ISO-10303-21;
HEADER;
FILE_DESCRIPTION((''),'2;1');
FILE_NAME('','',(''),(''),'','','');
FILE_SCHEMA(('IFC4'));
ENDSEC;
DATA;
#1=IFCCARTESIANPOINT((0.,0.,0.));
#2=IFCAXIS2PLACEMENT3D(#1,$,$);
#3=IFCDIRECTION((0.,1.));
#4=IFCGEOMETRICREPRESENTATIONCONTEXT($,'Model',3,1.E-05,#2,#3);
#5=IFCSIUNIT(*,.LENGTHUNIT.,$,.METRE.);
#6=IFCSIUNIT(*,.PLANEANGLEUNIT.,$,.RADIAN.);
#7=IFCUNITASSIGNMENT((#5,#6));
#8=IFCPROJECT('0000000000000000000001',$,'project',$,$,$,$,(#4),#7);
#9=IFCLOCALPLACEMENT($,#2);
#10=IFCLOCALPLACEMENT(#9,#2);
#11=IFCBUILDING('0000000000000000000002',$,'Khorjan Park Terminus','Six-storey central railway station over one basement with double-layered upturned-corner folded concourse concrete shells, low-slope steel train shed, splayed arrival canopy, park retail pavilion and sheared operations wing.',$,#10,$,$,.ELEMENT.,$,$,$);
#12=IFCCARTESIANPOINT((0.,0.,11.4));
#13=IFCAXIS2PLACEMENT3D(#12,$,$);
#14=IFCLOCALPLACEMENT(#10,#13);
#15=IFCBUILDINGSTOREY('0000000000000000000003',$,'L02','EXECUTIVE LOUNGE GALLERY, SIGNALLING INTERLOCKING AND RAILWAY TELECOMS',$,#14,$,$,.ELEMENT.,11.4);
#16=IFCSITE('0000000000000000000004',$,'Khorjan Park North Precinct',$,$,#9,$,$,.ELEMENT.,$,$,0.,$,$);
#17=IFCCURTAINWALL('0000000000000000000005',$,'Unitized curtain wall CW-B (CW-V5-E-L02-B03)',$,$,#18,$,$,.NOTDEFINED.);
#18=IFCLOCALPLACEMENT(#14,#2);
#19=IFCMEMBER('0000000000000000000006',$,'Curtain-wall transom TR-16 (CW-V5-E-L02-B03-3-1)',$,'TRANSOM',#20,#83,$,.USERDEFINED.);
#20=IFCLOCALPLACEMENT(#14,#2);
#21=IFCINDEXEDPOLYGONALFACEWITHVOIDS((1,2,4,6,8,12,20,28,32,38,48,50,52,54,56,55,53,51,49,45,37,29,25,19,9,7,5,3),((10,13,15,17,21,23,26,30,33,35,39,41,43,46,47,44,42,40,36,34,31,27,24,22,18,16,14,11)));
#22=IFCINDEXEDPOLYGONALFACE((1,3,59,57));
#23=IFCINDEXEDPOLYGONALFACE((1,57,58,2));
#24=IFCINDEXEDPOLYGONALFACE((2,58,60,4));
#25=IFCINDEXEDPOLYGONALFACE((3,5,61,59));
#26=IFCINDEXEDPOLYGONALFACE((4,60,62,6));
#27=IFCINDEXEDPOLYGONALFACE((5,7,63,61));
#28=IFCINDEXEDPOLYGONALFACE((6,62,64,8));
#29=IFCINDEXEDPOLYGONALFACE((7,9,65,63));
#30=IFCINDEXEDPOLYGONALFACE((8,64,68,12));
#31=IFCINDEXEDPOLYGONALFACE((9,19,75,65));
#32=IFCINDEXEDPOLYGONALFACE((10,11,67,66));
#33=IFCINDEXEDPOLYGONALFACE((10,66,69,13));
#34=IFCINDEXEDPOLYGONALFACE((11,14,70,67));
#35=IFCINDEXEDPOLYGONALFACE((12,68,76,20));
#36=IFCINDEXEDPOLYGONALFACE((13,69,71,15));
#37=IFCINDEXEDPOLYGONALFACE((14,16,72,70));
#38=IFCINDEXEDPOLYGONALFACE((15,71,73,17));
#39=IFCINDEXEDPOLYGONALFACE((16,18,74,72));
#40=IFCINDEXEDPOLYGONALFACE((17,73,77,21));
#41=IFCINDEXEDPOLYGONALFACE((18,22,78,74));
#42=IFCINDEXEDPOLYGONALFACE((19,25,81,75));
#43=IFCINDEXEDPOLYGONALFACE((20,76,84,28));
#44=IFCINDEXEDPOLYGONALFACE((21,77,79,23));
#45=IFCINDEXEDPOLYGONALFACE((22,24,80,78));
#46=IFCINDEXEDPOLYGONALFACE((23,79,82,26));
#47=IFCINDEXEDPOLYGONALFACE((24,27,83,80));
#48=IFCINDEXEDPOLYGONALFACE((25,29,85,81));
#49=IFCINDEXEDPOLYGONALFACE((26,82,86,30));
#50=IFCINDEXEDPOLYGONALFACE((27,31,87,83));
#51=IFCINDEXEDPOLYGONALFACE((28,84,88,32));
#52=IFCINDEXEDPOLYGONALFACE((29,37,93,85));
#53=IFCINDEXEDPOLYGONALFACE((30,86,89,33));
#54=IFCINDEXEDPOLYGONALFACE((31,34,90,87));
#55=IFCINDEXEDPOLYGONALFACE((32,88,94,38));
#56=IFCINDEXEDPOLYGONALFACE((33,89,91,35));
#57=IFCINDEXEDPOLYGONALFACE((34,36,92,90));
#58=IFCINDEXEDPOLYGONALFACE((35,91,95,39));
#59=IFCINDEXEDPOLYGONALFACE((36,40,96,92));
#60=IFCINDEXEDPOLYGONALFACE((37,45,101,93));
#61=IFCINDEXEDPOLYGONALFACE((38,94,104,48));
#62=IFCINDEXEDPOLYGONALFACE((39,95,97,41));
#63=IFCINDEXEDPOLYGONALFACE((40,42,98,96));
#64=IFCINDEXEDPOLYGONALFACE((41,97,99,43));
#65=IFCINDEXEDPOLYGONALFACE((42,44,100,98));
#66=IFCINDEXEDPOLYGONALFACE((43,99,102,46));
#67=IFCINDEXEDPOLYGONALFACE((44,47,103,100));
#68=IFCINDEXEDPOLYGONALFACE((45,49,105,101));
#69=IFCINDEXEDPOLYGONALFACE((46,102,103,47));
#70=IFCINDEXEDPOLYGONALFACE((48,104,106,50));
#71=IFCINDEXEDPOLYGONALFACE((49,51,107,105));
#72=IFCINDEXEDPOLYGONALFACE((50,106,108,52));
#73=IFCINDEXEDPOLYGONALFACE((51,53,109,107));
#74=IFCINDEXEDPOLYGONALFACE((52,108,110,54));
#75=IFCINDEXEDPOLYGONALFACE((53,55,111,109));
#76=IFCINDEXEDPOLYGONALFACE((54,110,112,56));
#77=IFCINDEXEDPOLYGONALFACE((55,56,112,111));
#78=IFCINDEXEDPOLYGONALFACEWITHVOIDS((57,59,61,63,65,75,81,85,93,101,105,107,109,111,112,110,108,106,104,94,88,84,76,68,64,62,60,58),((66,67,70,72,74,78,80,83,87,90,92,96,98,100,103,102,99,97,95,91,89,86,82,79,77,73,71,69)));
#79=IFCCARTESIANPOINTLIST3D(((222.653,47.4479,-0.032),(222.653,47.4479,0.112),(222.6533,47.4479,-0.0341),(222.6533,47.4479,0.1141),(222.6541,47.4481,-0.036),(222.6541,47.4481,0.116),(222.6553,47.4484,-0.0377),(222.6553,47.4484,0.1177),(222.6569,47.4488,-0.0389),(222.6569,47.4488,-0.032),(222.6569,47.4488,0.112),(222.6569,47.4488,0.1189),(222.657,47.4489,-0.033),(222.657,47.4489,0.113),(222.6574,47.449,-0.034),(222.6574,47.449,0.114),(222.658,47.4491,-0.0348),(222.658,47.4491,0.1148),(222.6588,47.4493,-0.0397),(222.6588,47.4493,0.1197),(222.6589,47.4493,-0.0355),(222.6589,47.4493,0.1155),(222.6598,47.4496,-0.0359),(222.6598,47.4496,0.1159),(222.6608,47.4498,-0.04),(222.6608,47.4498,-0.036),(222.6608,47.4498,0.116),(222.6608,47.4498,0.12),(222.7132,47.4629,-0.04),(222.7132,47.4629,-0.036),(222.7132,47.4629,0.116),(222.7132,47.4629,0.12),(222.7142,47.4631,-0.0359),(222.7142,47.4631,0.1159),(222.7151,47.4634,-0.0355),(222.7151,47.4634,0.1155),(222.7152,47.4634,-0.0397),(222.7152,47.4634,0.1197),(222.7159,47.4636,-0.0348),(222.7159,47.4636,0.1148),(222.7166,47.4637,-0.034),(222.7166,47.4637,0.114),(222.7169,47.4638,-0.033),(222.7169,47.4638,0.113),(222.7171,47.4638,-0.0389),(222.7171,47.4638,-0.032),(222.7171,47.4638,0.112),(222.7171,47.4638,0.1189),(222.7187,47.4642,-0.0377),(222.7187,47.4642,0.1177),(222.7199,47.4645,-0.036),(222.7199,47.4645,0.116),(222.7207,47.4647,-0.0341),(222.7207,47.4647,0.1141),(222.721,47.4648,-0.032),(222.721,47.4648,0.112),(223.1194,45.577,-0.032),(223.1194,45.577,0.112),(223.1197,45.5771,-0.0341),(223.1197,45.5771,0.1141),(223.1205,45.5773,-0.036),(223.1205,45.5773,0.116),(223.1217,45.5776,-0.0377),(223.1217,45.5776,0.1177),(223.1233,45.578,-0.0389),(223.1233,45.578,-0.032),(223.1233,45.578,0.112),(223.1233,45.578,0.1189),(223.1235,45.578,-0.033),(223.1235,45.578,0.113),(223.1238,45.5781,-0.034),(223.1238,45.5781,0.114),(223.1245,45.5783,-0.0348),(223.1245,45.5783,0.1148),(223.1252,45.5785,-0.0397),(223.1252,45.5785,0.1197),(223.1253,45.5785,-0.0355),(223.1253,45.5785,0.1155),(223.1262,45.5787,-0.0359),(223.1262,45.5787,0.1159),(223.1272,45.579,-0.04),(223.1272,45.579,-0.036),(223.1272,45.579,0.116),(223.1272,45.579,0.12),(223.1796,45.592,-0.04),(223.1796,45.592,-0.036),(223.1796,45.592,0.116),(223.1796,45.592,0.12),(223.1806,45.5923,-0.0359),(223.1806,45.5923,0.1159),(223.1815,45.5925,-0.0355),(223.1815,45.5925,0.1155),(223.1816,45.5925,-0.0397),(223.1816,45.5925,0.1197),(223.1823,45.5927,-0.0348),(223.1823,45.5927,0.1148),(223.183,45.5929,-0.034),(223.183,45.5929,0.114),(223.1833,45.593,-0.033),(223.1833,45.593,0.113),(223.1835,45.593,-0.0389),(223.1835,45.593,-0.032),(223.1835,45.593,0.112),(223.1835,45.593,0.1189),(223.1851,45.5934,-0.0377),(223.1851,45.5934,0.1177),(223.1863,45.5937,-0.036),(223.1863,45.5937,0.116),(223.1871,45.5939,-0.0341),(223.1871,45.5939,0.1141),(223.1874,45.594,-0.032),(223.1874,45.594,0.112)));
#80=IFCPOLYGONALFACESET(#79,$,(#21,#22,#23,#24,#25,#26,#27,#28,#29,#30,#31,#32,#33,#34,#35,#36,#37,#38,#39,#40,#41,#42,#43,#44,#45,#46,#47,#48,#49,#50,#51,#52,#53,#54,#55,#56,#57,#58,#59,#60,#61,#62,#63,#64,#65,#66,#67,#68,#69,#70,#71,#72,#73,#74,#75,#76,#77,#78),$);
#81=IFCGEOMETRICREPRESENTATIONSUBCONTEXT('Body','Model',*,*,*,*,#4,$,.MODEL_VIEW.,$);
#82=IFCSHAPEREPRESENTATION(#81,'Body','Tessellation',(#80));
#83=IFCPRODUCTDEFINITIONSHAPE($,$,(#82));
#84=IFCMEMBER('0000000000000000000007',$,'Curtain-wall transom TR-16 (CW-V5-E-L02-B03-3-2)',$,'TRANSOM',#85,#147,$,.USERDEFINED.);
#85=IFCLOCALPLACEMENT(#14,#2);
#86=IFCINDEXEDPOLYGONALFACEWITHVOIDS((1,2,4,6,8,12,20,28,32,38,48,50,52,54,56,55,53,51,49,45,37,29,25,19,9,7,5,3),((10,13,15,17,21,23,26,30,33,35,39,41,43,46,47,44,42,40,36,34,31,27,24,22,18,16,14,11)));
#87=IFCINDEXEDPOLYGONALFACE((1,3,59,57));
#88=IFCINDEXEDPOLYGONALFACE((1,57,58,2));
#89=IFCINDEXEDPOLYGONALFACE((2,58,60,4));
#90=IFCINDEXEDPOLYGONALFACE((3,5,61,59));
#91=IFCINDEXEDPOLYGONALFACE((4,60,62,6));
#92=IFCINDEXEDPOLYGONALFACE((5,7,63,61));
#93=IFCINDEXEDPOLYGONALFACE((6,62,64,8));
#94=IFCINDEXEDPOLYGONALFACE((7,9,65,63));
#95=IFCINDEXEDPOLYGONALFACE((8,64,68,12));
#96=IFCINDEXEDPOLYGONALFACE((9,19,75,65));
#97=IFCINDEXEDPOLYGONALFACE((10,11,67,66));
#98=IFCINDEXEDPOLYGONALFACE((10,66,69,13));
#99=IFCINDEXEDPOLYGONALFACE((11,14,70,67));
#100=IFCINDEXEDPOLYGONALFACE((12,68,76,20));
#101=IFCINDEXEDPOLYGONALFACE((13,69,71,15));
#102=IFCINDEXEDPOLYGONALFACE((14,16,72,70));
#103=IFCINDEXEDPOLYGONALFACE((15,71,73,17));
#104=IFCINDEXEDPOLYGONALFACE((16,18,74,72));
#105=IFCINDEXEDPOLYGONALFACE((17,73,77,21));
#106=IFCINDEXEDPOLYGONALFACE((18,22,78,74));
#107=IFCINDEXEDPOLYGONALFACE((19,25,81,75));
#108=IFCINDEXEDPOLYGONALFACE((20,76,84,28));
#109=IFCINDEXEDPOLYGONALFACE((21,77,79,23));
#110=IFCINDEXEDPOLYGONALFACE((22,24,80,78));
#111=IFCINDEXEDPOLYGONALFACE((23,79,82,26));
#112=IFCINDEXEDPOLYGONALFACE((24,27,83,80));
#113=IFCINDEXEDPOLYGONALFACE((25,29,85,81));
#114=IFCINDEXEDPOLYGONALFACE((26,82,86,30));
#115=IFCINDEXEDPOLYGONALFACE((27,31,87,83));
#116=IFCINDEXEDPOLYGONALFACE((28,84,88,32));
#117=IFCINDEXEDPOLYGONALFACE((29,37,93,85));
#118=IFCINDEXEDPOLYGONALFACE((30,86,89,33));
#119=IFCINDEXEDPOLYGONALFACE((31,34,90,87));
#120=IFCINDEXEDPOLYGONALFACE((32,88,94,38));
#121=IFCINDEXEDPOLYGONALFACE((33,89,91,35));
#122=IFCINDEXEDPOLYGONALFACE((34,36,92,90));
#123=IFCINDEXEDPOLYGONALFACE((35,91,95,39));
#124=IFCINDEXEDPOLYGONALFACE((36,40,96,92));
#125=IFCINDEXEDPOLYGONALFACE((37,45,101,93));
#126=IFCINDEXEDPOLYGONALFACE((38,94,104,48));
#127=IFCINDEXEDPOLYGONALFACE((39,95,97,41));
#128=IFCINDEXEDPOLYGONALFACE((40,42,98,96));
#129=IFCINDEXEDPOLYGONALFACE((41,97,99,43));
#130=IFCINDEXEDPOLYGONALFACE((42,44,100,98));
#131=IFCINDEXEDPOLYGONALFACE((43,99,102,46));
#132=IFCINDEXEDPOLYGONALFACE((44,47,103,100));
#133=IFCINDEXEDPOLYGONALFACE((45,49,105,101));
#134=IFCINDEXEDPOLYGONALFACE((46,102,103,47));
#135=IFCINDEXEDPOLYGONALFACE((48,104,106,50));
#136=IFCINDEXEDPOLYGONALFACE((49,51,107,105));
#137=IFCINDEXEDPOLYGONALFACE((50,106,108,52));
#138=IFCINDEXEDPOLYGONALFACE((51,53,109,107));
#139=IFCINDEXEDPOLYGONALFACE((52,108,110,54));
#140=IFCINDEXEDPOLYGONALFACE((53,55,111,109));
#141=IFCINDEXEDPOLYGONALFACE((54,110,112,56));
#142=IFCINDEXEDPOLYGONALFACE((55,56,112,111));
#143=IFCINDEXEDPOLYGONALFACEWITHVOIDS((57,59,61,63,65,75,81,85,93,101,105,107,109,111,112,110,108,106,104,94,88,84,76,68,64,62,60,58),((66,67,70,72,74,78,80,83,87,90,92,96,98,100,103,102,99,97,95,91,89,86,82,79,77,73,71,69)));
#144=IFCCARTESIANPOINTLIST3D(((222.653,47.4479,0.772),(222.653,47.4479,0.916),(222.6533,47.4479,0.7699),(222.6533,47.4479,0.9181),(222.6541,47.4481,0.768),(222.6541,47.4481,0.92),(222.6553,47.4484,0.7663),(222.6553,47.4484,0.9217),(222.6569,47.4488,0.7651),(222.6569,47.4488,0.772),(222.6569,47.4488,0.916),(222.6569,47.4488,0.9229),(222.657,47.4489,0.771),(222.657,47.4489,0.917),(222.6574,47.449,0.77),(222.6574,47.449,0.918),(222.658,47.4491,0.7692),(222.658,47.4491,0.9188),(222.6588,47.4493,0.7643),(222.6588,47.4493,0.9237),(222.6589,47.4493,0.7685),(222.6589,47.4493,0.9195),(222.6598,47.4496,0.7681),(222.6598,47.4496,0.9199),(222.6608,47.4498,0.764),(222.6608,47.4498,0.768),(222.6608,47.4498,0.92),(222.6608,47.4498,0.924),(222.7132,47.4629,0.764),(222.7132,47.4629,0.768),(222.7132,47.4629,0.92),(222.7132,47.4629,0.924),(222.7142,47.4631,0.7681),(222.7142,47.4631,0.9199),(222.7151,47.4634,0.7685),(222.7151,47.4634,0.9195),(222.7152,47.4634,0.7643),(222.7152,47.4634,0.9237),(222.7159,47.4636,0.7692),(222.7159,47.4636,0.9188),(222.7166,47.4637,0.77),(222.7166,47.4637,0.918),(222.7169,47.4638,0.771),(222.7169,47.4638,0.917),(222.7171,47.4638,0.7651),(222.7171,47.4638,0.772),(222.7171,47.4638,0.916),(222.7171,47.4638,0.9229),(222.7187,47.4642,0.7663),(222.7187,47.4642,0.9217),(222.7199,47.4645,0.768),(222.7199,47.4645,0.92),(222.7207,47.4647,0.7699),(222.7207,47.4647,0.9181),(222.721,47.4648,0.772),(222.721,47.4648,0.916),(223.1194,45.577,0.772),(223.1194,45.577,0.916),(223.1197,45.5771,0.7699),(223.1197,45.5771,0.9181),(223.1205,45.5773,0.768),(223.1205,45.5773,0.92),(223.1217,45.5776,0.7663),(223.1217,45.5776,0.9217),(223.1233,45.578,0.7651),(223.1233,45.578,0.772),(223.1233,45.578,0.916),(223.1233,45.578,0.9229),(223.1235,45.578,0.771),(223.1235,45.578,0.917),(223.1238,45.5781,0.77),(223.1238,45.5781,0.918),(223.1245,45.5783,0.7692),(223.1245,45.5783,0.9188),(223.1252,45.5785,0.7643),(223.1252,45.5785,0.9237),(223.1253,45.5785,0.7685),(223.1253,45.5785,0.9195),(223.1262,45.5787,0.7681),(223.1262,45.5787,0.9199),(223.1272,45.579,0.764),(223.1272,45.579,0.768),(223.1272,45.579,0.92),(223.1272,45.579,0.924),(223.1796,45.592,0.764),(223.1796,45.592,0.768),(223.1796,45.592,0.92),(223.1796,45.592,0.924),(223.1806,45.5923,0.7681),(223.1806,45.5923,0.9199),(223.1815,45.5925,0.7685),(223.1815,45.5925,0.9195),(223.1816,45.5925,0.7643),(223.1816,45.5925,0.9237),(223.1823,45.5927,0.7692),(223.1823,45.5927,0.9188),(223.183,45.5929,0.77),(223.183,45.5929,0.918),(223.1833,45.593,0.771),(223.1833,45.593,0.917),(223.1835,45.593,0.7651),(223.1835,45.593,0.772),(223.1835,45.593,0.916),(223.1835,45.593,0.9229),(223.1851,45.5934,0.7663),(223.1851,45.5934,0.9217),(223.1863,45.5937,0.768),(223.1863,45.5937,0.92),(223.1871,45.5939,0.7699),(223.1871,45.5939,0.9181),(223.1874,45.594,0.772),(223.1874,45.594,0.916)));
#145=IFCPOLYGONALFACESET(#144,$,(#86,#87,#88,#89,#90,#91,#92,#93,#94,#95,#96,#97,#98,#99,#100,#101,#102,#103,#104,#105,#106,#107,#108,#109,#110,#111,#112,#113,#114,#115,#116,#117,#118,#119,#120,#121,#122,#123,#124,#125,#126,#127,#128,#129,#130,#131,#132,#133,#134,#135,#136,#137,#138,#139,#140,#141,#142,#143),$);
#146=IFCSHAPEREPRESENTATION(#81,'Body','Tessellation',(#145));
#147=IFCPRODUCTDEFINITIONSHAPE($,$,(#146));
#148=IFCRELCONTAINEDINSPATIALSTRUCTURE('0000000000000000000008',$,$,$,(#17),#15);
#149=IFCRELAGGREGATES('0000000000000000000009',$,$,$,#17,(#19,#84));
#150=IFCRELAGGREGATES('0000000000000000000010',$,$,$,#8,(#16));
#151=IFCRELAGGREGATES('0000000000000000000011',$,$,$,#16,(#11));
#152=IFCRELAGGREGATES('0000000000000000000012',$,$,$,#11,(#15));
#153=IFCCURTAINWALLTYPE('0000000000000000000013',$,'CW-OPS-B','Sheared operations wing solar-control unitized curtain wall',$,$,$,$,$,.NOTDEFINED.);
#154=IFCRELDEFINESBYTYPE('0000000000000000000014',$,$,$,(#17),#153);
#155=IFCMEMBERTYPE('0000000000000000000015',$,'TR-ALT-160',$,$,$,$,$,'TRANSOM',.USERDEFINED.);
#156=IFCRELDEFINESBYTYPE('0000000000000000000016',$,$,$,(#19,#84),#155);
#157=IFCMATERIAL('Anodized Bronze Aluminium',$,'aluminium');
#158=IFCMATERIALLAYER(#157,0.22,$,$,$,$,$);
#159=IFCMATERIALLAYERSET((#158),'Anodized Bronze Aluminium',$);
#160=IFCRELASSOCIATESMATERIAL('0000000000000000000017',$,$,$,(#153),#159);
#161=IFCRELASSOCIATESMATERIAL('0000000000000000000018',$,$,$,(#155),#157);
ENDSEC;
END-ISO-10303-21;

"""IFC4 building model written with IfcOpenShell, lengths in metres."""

from ifc_helpers import new_model, si_unit, direction, frame, origin, origin_2d, place, context, subcontext, project, spatial, hollow_rectangle, extrude, material, layer, layer_set, material_profile, profile_set, type_object, element, aggregate, save


model = new_model("IFC4")

# Units and contexts
model_context = context("Model", 3, precision=1e-05, world=origin(), true_north=direction((0.0, 1.0)))
body_context = subcontext(model_context, "Body", "Model", "MODEL_VIEW")
ifc_project = project(units=[si_unit("LENGTHUNIT", "METRE"), si_unit("PLANEANGLEUNIT", "RADIAN")], contexts=[model_context])

# Site, building, storey
site_placement = place(None, origin())
site = spatial("IfcSite", under=ifc_project, at=site_placement, Name="Khorjan Park North Precinct", CompositionType="ELEMENT", RefElevation=0.0)
building_placement = place(site_placement, origin())
building = spatial("IfcBuilding", under=site, at=building_placement, Name="Khorjan Park Terminus", Description="Six-storey central railway station over one basement with double-layered upturned-corner folded concourse concrete shells, low-slope steel train shed, splayed arrival canopy, park retail pavilion and sheared operations wing.", CompositionType="ELEMENT")
storey_placement = place(building_placement, frame((0.0, 0.0, 11.4)))
storey = spatial("IfcBuildingStorey", under=building, at=storey_placement, Name="L02", Description="EXECUTIVE LOUNGE GALLERY, SIGNALLING INTERLOCKING AND RAILWAY TELECOMS", CompositionType="ELEMENT", Elevation=11.4)

# Curtain wall, members
ifc_material_1 = material(Name="Anodized Bronze Aluminium", Category="aluminium")
ifc_layer_1 = layer(ifc_material_1, 0.22)
ifc_layer_set_1 = layer_set([ifc_layer_1], Name="Anodized Bronze Aluminium")
curtain_wall_type = type_object("IfcCurtainWallType", Name="CW-OPS-B", Description="Sheared operations wing solar-control unitized curtain wall", PredefinedType="NOTDEFINED", material=ifc_layer_set_1)
curtain_wall_placement = place(storey_placement, origin())
curtain_wall = element("IfcCurtainWall", 1, at=curtain_wall_placement, inside=storey, type_object=curtain_wall_type, Name="Unitized curtain wall CW-B (CW-V5-E-L02-B03)", PredefinedType="NOTDEFINED")
ifc_material_profile_1 = material_profile(ifc_material_1, hollow_rectangle(XDim=0.07, YDim=0.16, WallThickness=0.004, InnerFilletRadius=0.004, OuterFilletRadius=0.008, at=origin_2d()), Name="ALT 70x160x4")
ifc_profile_set_1 = profile_set([ifc_material_profile_1], Name="Anodized Bronze Aluminium")
member_type_1 = type_object("IfcMemberType", Name="TR-ALT-160", ElementType="TRANSOM", PredefinedType="USERDEFINED", material=ifc_profile_set_1)
member_1_placement = place(storey_placement, frame((223.1534, 45.5855, 0.04), z_axis=(-0.241901, 0.970301, 0.0), x_axis=(-0.970301, -0.241901, 0.0)))
member_1 = element("IfcMember", 2, at=member_1_placement, type_object=member_type_1, Name="Curtain-wall transom TR-16 (CW-V5-E-L02-B03-3-1)", ObjectType="TRANSOM", PredefinedType="USERDEFINED", context=body_context, shape_type="SweptSolid", body=[
    extrude(hollow_rectangle(XDim=0.07, YDim=0.16, WallThickness=0.004, InnerFilletRadius=0.004, OuterFilletRadius=0.008, at=origin_2d()), origin(), (0.0, 0.0, 1.0), 1.9281),
])
member_2_placement = place(storey_placement, frame((223.1534, 45.5855, 0.844), z_axis=(-0.241901, 0.970301, 0.0), x_axis=(-0.970301, -0.241901, 0.0)))
member_2 = element("IfcMember", 3, at=member_2_placement, type_object=member_type_1, Name="Curtain-wall transom TR-16 (CW-V5-E-L02-B03-3-2)", ObjectType="TRANSOM", PredefinedType="USERDEFINED", context=body_context, shape_type="SweptSolid", body=[
    extrude(hollow_rectangle(XDim=0.07, YDim=0.16, WallThickness=0.004, InnerFilletRadius=0.004, OuterFilletRadius=0.008, at=origin_2d()), origin(), (0.0, 0.0, 1.0), 1.9281),
])
aggregate(curtain_wall, [member_1, member_2])

save(model, "model.ifc")
